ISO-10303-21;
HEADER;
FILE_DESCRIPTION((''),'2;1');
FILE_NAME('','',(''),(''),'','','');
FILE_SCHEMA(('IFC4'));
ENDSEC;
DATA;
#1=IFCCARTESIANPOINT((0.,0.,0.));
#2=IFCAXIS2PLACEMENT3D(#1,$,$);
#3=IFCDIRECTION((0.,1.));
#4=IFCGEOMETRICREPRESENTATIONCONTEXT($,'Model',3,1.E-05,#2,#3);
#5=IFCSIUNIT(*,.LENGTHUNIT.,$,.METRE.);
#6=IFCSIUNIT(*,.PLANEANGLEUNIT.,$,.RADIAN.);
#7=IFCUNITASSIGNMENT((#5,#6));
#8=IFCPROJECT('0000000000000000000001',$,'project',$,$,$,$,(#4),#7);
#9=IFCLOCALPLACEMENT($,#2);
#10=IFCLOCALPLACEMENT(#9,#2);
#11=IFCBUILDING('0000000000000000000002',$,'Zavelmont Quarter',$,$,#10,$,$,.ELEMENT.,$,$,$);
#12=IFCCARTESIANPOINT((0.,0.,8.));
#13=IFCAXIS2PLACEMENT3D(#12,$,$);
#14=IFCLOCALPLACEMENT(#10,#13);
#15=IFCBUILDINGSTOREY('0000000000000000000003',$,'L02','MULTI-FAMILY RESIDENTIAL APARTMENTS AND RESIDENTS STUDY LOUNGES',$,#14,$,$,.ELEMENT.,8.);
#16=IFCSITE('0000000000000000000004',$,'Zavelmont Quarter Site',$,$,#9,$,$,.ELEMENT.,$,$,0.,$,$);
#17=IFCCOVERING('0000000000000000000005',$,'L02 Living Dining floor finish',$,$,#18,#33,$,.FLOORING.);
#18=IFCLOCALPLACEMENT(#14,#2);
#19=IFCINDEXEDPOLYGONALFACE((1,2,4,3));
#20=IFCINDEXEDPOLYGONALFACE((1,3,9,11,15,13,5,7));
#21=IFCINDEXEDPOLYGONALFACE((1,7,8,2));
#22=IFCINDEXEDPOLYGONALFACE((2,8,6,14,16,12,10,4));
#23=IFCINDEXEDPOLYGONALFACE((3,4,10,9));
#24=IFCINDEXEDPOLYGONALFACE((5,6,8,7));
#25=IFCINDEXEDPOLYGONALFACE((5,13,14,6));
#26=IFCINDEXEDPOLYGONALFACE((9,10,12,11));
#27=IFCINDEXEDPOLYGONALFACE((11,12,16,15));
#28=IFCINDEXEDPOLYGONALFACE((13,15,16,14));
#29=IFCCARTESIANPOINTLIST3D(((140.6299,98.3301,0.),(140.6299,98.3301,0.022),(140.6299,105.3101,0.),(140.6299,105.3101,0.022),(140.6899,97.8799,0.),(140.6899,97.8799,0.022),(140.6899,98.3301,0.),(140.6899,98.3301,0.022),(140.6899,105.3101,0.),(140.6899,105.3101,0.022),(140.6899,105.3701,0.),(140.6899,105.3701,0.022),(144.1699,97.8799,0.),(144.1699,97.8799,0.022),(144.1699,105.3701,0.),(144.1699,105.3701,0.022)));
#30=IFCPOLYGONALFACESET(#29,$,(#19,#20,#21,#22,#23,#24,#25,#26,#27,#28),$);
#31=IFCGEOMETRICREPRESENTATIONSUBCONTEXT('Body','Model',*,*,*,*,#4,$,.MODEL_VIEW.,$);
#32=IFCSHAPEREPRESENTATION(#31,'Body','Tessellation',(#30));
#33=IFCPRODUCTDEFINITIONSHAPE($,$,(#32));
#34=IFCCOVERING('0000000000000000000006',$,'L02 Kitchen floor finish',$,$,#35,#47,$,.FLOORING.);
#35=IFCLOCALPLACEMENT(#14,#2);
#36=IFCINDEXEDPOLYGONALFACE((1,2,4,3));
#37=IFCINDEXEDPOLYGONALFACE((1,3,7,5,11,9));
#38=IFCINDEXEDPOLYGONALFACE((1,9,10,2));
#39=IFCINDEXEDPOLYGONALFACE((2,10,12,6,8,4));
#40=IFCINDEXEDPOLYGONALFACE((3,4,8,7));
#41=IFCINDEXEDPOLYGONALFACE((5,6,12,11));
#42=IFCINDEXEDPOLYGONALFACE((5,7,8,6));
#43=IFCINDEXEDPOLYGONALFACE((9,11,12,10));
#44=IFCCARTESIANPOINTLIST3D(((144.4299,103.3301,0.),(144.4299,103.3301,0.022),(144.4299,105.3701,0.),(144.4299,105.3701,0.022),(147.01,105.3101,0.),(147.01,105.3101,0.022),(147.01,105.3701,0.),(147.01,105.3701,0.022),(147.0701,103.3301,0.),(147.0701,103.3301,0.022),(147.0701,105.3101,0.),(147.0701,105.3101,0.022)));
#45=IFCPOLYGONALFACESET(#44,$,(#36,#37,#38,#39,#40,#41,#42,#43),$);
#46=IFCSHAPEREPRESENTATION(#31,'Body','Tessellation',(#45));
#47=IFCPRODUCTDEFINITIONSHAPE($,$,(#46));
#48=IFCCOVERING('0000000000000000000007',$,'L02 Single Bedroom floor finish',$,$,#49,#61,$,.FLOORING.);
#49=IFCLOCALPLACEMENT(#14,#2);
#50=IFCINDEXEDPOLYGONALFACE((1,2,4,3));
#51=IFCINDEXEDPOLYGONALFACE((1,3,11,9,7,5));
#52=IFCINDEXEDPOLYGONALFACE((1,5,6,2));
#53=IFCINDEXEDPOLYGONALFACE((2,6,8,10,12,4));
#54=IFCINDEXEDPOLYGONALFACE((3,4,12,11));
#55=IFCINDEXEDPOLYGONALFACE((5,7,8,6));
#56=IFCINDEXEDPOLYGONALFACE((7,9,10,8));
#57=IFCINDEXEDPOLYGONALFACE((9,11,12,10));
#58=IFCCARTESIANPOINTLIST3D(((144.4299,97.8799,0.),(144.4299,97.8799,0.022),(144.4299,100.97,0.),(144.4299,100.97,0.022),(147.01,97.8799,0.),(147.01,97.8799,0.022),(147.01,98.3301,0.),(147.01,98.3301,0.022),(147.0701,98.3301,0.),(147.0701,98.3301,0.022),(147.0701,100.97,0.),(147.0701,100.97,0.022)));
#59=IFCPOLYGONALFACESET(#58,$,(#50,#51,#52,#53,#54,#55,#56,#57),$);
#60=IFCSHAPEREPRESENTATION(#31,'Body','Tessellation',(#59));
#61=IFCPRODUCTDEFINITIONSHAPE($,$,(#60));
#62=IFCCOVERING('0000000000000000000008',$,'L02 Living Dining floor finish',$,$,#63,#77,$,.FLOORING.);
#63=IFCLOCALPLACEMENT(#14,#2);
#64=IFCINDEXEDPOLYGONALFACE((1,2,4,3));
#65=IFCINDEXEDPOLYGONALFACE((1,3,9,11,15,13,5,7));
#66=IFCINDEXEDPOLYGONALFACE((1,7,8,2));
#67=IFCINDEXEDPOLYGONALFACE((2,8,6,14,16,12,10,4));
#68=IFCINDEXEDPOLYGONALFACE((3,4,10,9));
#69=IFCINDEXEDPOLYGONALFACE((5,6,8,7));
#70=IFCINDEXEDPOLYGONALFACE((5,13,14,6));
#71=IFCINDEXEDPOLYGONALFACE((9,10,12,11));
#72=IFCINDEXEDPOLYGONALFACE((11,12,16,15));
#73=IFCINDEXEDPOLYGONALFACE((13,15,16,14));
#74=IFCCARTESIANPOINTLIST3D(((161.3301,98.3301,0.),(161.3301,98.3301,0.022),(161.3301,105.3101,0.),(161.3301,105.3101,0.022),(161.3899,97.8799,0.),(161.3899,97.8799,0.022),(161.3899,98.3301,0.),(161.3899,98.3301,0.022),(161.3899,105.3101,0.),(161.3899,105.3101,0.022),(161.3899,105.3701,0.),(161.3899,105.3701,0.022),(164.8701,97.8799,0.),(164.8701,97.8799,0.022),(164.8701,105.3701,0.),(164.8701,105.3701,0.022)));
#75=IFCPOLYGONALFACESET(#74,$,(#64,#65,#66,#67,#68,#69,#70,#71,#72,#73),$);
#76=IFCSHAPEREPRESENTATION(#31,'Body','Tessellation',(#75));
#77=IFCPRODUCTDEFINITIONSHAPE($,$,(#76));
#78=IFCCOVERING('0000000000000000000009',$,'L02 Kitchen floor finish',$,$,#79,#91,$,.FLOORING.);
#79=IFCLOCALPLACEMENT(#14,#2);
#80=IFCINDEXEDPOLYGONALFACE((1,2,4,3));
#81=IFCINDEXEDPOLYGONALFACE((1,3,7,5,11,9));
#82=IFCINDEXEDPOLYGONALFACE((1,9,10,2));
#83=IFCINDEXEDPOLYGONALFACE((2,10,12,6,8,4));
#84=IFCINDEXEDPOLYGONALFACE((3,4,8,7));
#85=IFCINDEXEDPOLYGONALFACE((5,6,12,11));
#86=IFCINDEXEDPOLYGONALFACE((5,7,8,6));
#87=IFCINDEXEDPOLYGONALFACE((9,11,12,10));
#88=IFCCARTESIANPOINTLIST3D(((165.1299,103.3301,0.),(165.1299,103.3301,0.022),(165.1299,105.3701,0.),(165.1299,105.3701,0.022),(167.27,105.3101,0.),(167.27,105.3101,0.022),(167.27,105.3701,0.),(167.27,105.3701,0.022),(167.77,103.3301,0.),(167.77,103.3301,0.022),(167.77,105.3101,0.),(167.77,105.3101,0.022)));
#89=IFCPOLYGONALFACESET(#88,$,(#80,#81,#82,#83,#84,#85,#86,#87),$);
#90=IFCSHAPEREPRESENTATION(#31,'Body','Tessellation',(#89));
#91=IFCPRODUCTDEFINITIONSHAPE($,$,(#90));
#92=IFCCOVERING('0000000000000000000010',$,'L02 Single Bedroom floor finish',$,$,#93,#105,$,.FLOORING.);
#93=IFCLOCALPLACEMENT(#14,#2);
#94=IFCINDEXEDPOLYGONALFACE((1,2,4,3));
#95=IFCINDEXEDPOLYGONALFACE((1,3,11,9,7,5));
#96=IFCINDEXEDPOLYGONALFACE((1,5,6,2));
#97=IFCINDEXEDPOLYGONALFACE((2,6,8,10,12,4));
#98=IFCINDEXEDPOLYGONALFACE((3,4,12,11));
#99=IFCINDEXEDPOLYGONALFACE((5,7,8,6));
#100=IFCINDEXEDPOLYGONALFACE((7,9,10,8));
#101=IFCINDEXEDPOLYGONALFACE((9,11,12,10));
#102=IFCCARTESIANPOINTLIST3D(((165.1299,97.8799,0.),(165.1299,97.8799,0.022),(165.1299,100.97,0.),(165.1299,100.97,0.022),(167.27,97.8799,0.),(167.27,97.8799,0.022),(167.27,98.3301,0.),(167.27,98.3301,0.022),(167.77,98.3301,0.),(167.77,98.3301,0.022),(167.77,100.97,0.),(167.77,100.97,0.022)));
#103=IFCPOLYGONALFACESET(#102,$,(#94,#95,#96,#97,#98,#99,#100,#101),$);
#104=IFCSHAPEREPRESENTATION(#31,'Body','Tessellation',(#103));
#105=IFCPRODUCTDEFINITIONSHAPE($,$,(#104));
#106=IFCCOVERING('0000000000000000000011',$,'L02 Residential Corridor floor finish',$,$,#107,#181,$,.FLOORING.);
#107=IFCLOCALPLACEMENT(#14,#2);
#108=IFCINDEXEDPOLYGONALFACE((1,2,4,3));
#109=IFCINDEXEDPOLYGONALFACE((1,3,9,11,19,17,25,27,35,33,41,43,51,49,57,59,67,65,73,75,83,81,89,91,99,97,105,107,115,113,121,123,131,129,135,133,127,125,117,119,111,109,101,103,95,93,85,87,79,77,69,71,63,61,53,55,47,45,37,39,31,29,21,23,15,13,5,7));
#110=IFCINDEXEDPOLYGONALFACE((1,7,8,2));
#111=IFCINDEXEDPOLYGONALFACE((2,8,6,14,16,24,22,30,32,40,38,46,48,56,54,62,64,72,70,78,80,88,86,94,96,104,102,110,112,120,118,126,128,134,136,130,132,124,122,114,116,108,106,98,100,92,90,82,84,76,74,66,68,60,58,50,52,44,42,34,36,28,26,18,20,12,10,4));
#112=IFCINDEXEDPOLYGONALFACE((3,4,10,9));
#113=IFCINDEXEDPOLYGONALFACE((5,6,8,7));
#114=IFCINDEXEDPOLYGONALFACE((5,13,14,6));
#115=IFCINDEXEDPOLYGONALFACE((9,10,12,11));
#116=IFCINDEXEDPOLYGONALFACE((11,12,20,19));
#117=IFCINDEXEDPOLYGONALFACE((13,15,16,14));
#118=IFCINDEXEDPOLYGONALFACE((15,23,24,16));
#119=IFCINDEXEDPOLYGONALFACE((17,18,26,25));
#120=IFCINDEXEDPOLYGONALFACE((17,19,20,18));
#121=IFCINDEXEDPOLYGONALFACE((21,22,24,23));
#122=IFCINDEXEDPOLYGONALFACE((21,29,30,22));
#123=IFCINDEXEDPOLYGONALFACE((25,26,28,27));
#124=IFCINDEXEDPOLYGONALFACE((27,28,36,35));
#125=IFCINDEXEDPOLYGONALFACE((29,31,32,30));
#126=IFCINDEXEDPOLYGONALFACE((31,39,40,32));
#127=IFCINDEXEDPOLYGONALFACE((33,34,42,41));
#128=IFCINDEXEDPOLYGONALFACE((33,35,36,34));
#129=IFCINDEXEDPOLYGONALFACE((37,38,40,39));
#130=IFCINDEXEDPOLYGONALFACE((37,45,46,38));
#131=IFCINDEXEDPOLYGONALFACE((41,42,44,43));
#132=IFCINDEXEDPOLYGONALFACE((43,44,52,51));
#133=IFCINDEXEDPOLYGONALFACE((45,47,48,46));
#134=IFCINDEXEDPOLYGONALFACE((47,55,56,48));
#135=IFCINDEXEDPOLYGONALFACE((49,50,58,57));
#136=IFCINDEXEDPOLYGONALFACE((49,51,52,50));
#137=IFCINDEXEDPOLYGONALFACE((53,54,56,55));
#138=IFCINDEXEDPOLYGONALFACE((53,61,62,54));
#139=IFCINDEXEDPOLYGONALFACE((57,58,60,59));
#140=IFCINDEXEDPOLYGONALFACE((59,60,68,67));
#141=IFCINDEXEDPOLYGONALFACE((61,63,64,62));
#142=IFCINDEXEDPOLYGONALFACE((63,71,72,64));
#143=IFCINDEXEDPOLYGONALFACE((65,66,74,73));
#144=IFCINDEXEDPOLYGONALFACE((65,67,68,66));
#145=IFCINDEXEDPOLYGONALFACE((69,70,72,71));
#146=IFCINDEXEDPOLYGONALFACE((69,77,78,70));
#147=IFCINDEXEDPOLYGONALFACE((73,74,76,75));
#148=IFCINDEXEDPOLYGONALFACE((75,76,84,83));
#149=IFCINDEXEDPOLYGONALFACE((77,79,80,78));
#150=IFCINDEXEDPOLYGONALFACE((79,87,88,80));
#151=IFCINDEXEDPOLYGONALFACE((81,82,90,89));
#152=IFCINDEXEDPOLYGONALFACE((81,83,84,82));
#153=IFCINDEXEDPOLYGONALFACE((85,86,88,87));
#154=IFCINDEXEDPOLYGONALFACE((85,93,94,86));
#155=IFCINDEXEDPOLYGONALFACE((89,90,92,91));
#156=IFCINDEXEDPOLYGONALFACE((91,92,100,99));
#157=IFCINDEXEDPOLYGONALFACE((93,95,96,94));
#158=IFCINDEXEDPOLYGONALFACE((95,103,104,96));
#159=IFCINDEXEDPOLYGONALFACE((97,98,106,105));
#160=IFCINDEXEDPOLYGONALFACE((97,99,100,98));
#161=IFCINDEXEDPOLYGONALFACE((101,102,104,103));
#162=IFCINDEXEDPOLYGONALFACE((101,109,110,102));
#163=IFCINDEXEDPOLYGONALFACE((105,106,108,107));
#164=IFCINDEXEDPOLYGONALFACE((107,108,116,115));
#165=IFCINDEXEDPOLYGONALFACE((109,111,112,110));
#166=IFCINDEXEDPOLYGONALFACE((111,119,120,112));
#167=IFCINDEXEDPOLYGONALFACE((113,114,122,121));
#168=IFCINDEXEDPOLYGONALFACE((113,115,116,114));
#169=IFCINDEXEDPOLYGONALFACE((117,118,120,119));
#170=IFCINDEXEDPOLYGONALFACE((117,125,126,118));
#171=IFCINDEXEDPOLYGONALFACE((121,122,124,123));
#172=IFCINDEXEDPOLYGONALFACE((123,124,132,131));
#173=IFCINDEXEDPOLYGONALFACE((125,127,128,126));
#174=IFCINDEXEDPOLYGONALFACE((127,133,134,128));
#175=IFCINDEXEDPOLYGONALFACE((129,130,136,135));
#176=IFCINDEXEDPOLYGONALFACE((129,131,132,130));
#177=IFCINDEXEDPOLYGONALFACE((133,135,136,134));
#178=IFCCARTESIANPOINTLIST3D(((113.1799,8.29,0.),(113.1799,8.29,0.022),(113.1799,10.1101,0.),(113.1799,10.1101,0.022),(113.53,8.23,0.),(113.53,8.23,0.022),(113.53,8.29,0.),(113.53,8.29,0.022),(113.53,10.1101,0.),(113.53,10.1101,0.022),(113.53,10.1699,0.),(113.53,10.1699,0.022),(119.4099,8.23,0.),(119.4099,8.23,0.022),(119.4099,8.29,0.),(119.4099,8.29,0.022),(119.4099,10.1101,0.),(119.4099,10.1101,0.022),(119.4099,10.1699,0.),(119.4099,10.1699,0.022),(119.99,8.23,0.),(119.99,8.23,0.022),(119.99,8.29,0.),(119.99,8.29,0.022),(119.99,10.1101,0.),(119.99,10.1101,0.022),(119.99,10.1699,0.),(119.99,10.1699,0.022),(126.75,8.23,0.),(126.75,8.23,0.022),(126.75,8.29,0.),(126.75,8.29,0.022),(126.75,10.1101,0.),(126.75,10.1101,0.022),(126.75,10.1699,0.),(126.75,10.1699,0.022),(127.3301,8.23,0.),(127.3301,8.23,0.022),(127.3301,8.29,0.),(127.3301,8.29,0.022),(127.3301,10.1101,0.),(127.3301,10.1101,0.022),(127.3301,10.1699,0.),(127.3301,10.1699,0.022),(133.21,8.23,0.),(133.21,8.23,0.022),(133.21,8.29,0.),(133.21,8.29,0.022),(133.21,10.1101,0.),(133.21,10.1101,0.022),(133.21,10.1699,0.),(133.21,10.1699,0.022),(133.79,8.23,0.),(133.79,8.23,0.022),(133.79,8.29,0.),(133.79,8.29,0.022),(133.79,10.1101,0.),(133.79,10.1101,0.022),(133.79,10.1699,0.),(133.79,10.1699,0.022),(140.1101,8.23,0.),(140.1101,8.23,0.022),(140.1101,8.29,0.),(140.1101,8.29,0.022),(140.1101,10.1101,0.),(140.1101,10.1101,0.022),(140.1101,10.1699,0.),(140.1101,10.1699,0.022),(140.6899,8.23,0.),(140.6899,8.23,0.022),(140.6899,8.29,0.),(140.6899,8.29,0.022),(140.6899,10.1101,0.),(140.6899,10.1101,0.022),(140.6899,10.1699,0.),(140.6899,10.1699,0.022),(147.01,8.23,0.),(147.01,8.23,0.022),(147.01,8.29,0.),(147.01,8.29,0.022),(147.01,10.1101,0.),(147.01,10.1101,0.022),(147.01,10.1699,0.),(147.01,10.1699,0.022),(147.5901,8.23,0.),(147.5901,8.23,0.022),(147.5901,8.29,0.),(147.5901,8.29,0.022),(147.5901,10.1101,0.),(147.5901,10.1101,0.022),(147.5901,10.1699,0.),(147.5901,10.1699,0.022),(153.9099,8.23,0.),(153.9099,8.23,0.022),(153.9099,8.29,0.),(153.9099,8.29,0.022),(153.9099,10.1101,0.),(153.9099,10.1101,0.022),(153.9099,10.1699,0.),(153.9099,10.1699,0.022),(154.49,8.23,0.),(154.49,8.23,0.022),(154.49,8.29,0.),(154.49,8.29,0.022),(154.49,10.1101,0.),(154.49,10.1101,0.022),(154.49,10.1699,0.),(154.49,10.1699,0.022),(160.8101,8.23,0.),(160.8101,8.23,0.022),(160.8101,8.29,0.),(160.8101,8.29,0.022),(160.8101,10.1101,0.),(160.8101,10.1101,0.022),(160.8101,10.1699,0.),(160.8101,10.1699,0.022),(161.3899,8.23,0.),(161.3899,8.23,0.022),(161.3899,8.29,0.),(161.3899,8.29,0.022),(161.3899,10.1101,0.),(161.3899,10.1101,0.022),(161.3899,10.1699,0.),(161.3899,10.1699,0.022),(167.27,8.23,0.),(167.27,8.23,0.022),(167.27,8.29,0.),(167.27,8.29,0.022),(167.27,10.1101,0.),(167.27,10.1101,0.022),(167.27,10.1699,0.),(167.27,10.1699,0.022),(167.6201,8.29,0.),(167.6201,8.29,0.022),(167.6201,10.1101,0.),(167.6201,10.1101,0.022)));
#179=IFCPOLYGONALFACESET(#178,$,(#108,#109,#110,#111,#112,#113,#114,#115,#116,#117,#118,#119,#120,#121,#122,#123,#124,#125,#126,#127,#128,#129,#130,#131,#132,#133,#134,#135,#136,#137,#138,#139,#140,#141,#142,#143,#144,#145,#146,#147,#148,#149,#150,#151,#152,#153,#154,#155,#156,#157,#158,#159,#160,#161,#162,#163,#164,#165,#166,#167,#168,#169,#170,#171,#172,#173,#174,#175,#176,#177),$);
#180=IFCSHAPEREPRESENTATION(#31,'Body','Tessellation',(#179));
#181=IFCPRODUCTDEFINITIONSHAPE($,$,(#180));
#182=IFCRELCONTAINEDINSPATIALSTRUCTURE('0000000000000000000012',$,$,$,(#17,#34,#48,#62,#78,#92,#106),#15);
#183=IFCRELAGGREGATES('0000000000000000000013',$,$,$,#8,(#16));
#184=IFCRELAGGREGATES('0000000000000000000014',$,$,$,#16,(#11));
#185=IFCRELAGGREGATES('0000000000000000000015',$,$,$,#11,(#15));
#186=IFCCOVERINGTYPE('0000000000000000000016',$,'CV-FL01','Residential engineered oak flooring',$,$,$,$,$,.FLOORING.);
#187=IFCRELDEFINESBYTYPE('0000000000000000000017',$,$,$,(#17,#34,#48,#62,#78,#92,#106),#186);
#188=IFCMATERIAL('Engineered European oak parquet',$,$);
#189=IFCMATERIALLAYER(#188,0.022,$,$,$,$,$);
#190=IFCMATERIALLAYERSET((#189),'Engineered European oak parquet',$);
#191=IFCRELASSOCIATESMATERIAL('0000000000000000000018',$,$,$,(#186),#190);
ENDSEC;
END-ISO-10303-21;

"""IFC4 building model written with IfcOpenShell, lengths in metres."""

from ifc_helpers import new_model, si_unit, direction, frame, origin, place, context, subcontext, project, spatial, polyline, outline, extrude, material, layer, layer_set, type_object, element, save


model = new_model("IFC4")

# Units and contexts
model_context = context("Model", 3, precision=1e-05, world=origin(), true_north=direction((0.0, 1.0)))
body_context = subcontext(model_context, "Body", "Model", "MODEL_VIEW")
ifc_project = project(units=[si_unit("LENGTHUNIT", "METRE"), si_unit("PLANEANGLEUNIT", "RADIAN")], contexts=[model_context])

# Site, building, storey
site_placement = place(None, origin())
site = spatial("IfcSite", under=ifc_project, at=site_placement, Name="Zavelmont Quarter Site", CompositionType="ELEMENT", RefElevation=0.0)
building_placement = place(site_placement, origin())
building = spatial("IfcBuilding", under=site, at=building_placement, Name="Zavelmont Quarter", CompositionType="ELEMENT")
storey_placement = place(building_placement, frame((0.0, 0.0, 8.0)))
storey = spatial("IfcBuildingStorey", under=building, at=storey_placement, Name="L02", Description="MULTI-FAMILY RESIDENTIAL APARTMENTS AND RESIDENTS STUDY LOUNGES", CompositionType="ELEMENT", Elevation=8.0)

# Coverings
ifc_material_1 = material(Name="Engineered European oak parquet")
ifc_layer_1 = layer(ifc_material_1, 0.022)
ifc_layer_set_1 = layer_set([ifc_layer_1], Name="Engineered European oak parquet")
covering_type_1 = type_object("IfcCoveringType", Name="CV-FL01", Description="Residential engineered oak flooring", PredefinedType="FLOORING", material=ifc_layer_set_1)
covering_1_placement = place(storey_placement, origin())
element("IfcCovering", 1, at=covering_1_placement, inside=storey, type_object=covering_type_1, Name="L02 Living Dining floor finish", PredefinedType="FLOORING", context=body_context, shape_type="SweptSolid", body=[
    extrude(outline(polyline([(140.6299, 105.3101), (140.6899, 105.3101), (140.6899, 105.3701), (144.1699, 105.3701), (144.1699, 97.8799), (140.6899, 97.8799), (140.6899, 98.3301), (140.6299, 98.3301), (140.6299, 105.3101)])), origin(), (0.0, 0.0, 1.0), 0.022),
])
covering_2_placement = place(storey_placement, origin())
element("IfcCovering", 2, at=covering_2_placement, inside=storey, type_object=covering_type_1, Name="L02 Kitchen floor finish", PredefinedType="FLOORING", context=body_context, shape_type="SweptSolid", body=[
    extrude(outline(polyline([(144.4299, 105.3701), (147.01, 105.3701), (147.01, 105.3101), (147.0701, 105.3101), (147.0701, 103.3301), (144.4299, 103.3301), (144.4299, 105.3701)])), origin(), (0.0, 0.0, 1.0), 0.022),
])
covering_3_placement = place(storey_placement, origin())
element("IfcCovering", 3, at=covering_3_placement, inside=storey, type_object=covering_type_1, Name="L02 Single Bedroom floor finish", PredefinedType="FLOORING", context=body_context, shape_type="SweptSolid", body=[
    extrude(outline(polyline([(144.4299, 100.97), (147.0701, 100.97), (147.0701, 98.3301), (147.01, 98.3301), (147.01, 97.8799), (144.4299, 97.8799), (144.4299, 100.97)])), origin(), (0.0, 0.0, 1.0), 0.022),
])
covering_4_placement = place(storey_placement, origin())
element("IfcCovering", 4, at=covering_4_placement, inside=storey, type_object=covering_type_1, Name="L02 Living Dining floor finish", PredefinedType="FLOORING", context=body_context, shape_type="SweptSolid", body=[
    extrude(outline(polyline([(161.3301, 105.3101), (161.3899, 105.3101), (161.3899, 105.3701), (164.8701, 105.3701), (164.8701, 97.8799), (161.3899, 97.8799), (161.3899, 98.3301), (161.3301, 98.3301), (161.3301, 105.3101)])), origin(), (0.0, 0.0, 1.0), 0.022),
])
covering_5_placement = place(storey_placement, origin())
element("IfcCovering", 5, at=covering_5_placement, inside=storey, type_object=covering_type_1, Name="L02 Kitchen floor finish", PredefinedType="FLOORING", context=body_context, shape_type="SweptSolid", body=[
    extrude(outline(polyline([(165.1299, 105.3701), (167.27, 105.3701), (167.27, 105.3101), (167.77, 105.3101), (167.77, 103.3301), (165.1299, 103.3301), (165.1299, 105.3701)])), origin(), (0.0, 0.0, 1.0), 0.022),
])
covering_6_placement = place(storey_placement, origin())
element("IfcCovering", 6, at=covering_6_placement, inside=storey, type_object=covering_type_1, Name="L02 Single Bedroom floor finish", PredefinedType="FLOORING", context=body_context, shape_type="SweptSolid", body=[
    extrude(outline(polyline([(165.1299, 100.97), (167.77, 100.97), (167.77, 98.3301), (167.27, 98.3301), (167.27, 97.8799), (165.1299, 97.8799), (165.1299, 100.97)])), origin(), (0.0, 0.0, 1.0), 0.022),
])
covering_7_placement = place(storey_placement, origin())
element("IfcCovering", 7, at=covering_7_placement, inside=storey, type_object=covering_type_1, Name="L02 Residential Corridor floor finish", PredefinedType="FLOORING", context=body_context, shape_type="SweptSolid", body=[
    extrude(outline(polyline([(113.1799, 10.1101), (113.53, 10.1101), (113.53, 10.1699), (119.4099, 10.1699), (119.4099, 10.1101), (119.99, 10.1101), (119.99, 10.1699), (126.75, 10.1699), (126.75, 10.1101), (127.3301, 10.1101), (127.3301, 10.1699), (133.21, 10.1699), (133.21, 10.1101), (133.79, 10.1101), (133.79, 10.1699), (140.1101, 10.1699), (140.1101, 10.1101), (140.6899, 10.1101), (140.6899, 10.1699), (147.01, 10.1699), (147.01, 10.1101), (147.5901, 10.1101), (147.5901, 10.1699), (153.9099, 10.1699), (153.9099, 10.1101), (154.49, 10.1101), (154.49, 10.1699), (160.8101, 10.1699), (160.8101, 10.1101), (161.3899, 10.1101), (161.3899, 10.1699), (167.27, 10.1699), (167.27, 10.1101), (167.6201, 10.1101), (167.6201, 8.29), (167.27, 8.29), (167.27, 8.23), (161.3899, 8.23), (161.3899, 8.29), (160.8101, 8.29), (160.8101, 8.23), (154.49, 8.23), (154.49, 8.29), (153.9099, 8.29), (153.9099, 8.23), (147.5901, 8.23), (147.5901, 8.29), (147.01, 8.29), (147.01, 8.23), (140.6899, 8.23), (140.6899, 8.29), (140.1101, 8.29), (140.1101, 8.23), (133.79, 8.23), (133.79, 8.29), (133.21, 8.29), (133.21, 8.23), (127.3301, 8.23), (127.3301, 8.29), (126.75, 8.29), (126.75, 8.23), (119.99, 8.23), (119.99, 8.29), (119.4099, 8.29), (119.4099, 8.23), (113.53, 8.23), (113.53, 8.29), (113.1799, 8.29), (113.1799, 10.1101)])), origin(), (0.0, 0.0, 1.0), 0.022),
])

save(model, "model.ifc")
